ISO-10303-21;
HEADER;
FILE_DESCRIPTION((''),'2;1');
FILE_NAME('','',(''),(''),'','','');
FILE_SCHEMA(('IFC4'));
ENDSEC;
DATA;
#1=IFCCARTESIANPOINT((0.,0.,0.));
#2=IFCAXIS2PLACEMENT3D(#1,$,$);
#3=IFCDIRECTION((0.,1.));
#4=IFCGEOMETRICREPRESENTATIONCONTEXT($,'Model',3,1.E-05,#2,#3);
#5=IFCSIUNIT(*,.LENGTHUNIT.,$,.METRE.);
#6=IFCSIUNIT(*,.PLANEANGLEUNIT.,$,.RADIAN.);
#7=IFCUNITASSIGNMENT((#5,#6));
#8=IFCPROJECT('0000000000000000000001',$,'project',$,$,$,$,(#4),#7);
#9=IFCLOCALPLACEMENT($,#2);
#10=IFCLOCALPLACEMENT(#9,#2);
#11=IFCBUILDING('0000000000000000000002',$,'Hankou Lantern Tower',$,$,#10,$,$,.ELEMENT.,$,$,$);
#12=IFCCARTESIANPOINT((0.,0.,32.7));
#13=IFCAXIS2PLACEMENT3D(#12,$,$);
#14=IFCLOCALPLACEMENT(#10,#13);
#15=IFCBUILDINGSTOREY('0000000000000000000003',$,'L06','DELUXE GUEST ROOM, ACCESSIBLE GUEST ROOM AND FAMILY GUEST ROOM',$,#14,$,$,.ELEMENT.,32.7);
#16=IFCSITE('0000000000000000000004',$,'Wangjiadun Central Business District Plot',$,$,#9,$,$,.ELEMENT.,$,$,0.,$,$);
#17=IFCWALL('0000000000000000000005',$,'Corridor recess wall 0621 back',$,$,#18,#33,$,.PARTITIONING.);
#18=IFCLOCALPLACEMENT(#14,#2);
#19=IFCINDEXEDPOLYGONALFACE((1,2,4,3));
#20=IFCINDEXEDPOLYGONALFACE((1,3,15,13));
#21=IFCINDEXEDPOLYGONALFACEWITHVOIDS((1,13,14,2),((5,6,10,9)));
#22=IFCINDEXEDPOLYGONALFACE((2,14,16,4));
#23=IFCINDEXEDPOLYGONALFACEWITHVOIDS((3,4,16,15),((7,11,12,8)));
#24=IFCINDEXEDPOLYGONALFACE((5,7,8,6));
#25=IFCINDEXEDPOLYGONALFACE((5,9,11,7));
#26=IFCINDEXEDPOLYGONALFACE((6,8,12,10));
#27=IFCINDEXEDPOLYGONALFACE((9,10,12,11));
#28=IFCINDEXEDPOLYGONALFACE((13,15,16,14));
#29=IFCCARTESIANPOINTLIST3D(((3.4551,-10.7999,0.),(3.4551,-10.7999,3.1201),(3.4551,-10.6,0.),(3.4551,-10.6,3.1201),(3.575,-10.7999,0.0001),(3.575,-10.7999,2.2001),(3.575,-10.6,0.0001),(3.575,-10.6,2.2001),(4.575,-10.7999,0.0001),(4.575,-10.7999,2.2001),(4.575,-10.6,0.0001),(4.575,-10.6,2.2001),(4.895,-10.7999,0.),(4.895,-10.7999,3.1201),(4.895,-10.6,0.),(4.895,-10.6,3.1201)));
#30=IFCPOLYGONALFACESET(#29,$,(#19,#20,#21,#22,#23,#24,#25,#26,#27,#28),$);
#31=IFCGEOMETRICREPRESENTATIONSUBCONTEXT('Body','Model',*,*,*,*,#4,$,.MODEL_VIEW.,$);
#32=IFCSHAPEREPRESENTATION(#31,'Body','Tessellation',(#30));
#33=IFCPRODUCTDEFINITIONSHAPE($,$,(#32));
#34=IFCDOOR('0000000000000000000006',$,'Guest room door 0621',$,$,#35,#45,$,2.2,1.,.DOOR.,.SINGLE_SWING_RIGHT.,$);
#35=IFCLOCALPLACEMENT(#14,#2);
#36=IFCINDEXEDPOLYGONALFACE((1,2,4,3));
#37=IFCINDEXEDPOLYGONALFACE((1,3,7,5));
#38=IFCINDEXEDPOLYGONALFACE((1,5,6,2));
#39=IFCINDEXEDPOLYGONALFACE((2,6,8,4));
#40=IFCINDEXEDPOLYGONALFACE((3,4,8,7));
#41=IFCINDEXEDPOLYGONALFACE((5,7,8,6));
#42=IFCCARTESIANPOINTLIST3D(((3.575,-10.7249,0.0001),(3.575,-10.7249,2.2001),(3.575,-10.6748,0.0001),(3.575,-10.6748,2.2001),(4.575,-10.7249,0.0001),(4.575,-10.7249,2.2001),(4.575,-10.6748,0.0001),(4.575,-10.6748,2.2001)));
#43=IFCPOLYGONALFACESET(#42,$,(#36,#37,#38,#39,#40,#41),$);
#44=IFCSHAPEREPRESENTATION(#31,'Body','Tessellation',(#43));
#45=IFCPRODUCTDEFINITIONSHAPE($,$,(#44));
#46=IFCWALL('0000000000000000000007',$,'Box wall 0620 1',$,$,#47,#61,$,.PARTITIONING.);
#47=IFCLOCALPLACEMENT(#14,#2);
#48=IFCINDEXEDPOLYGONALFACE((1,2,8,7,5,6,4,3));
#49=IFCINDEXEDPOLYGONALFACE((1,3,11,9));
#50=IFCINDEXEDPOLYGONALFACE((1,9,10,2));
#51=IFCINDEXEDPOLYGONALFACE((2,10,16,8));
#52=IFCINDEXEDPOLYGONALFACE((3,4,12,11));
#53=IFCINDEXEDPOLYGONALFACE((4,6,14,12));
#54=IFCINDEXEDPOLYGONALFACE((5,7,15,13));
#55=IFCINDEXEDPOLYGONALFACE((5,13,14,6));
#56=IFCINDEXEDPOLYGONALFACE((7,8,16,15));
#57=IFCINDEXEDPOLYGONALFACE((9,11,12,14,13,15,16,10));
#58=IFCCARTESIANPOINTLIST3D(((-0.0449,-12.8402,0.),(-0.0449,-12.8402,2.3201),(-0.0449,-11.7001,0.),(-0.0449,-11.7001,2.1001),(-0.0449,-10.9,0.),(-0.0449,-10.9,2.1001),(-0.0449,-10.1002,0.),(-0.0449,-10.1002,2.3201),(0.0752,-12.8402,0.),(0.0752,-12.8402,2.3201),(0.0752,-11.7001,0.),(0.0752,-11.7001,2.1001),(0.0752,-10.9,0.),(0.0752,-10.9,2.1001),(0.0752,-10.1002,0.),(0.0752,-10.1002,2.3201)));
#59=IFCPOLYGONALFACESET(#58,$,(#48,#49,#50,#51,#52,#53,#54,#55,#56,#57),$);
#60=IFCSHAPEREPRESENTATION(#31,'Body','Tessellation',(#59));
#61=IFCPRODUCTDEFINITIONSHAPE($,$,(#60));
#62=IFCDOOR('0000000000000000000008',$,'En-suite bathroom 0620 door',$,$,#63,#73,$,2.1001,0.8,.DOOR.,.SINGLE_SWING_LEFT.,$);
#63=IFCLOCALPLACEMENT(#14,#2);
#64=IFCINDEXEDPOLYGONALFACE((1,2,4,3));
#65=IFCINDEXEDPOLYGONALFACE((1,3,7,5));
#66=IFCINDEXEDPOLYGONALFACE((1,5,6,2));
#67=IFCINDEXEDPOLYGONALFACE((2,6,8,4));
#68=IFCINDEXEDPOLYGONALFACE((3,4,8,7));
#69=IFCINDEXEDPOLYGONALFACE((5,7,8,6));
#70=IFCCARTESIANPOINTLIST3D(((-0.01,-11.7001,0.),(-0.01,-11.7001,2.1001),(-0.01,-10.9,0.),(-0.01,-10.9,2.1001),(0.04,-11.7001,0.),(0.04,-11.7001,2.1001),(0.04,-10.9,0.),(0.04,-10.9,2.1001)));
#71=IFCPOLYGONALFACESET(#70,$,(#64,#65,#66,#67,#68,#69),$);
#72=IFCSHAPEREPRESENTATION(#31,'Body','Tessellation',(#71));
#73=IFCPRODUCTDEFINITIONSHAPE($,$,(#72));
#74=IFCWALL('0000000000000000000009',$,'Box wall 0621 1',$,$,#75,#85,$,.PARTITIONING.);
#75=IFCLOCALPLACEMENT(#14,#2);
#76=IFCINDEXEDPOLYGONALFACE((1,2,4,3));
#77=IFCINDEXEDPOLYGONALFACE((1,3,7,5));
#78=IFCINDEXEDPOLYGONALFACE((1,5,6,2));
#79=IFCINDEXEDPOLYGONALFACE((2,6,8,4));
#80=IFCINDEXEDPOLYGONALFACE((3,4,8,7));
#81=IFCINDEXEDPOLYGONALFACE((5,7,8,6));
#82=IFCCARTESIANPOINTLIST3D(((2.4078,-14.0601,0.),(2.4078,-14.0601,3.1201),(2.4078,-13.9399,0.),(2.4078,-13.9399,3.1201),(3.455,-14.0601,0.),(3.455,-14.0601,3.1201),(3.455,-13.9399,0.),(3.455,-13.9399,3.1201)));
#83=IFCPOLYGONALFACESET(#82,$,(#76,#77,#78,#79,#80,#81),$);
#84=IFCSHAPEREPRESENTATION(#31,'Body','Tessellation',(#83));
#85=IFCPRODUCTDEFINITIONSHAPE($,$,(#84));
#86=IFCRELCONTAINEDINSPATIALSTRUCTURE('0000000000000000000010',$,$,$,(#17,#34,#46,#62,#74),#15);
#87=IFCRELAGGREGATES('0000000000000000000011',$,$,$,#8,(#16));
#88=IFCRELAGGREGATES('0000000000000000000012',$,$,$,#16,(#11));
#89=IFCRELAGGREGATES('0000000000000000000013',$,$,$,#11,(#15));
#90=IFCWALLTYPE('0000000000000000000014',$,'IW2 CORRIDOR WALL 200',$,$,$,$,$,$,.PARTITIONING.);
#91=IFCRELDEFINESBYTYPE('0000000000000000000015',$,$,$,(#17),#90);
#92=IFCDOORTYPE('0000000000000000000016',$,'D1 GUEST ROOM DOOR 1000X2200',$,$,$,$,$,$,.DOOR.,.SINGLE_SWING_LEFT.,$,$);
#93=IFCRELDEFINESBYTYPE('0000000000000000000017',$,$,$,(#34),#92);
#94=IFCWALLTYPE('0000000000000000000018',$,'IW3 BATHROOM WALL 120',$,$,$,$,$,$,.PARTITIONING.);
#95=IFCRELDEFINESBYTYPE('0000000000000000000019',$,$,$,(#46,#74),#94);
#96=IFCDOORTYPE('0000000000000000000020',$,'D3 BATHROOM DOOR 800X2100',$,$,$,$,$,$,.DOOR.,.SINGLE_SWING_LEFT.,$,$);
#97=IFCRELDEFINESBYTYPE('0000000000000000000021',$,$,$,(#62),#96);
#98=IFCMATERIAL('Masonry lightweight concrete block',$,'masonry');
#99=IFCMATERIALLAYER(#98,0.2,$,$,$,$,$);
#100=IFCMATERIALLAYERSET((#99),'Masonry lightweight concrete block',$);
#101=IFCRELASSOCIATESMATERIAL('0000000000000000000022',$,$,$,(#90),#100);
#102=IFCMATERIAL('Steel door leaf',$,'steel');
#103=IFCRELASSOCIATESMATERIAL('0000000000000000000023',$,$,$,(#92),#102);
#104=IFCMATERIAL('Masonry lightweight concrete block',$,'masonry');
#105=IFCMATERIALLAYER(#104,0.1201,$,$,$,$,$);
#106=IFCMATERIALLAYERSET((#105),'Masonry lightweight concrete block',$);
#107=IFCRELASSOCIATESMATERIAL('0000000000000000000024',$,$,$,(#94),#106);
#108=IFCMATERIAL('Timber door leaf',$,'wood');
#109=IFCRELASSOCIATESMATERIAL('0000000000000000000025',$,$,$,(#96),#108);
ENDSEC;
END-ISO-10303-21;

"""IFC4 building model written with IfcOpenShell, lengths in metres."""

from ifc_helpers import new_model, si_unit, direction, frame, frame_2d, origin, place, context, subcontext, project, spatial, rectangle, extrude, material, layer, layer_set, type_object, element, fill, save


model = new_model("IFC4")

# Units and contexts
model_context = context("Model", 3, precision=1e-05, world=origin(), true_north=direction((0.0, 1.0)))
body_context = subcontext(model_context, "Body", "Model", "MODEL_VIEW")
ifc_project = project(units=[si_unit("LENGTHUNIT", "METRE"), si_unit("PLANEANGLEUNIT", "RADIAN")], contexts=[model_context])

# Site, building, storey
site_placement = place(None, origin())
site = spatial("IfcSite", under=ifc_project, at=site_placement, Name="Wangjiadun Central Business District Plot", CompositionType="ELEMENT", RefElevation=0.0)
building_placement = place(site_placement, origin())
building = spatial("IfcBuilding", under=site, at=building_placement, Name="Hankou Lantern Tower", CompositionType="ELEMENT")
storey_placement = place(building_placement, frame((0.0, 0.0, 32.7)))
storey = spatial("IfcBuildingStorey", under=building, at=storey_placement, Name="L06", Description="DELUXE GUEST ROOM, ACCESSIBLE GUEST ROOM AND FAMILY GUEST ROOM", CompositionType="ELEMENT", Elevation=32.7)

# Walls, openings, doors
ifc_material_1 = material(Name="Masonry lightweight concrete block", Category="masonry")
ifc_layer_1 = layer(ifc_material_1, 0.2)
ifc_layer_set_1 = layer_set([ifc_layer_1], Name="Masonry lightweight concrete block")
wall_type_1 = type_object("IfcWallType", Name="IW2 CORRIDOR WALL 200", PredefinedType="PARTITIONING", material=ifc_layer_set_1)
ifc_material_2 = material(Name="Steel door leaf", Category="steel")
door_type_1 = type_object("IfcDoorType", Name="D1 GUEST ROOM DOOR 1000X2200", OperationType="SINGLE_SWING_LEFT", PredefinedType="DOOR", material=ifc_material_2)
wall_1_placement = place(storey_placement, frame((4.895, -10.7, 0.0), z_axis=(0.0, 0.0, 1.0), x_axis=(-1.0, 0.0, 0.0)))
wall_1 = element("IfcWall", 1, at=wall_1_placement, inside=storey, type_object=wall_type_1, Name="Corridor recess wall 0621 back", PredefinedType="PARTITIONING", context=body_context, shape_type="SweptSolid", body=[
    extrude(rectangle(XDim=1.4399, YDim=0.2, at=frame_2d((0.72, 0.0))), origin(), (0.0, 0.0, 1.0), 3.1201),
])
opening_1_placement = place(wall_1_placement, frame((0.3201, 0.0, 0.0)))
opening_1 = element("IfcOpeningElement", 2, at=opening_1_placement, cuts=wall_1, PredefinedType="OPENING", context=body_context, shape_type="SweptSolid", body=[
    extrude(rectangle(XDim=1.0, YDim=2.2, at=frame_2d((0.5, 1.1001))), frame((0.0, 0.1099, 0.0), z_axis=(0.0, -1.0, 0.0), x_axis=(1.0, 0.0, 0.0)), (0.0, 0.0, 1.0), 0.22),
])
door_1_placement = place(opening_1_placement, origin())
door_1 = element("IfcDoor", 3, at=door_1_placement, inside=storey, type_object=door_type_1, Name="Guest room door 0621", OperationType="SINGLE_SWING_RIGHT", OverallHeight=2.2, OverallWidth=1.0, PredefinedType="DOOR", context=body_context, shape_type="SweptSolid", body=[
    extrude(rectangle(XDim=1.0, YDim=2.2, at=frame_2d((0.5, 1.1001))), frame((0.0, 0.0249, 0.0), z_axis=(0.0, -1.0, 0.0), x_axis=(1.0, 0.0, 0.0)), (0.0, 0.0, 1.0), 0.05),
])
fill(opening_1, door_1)
ifc_material_3 = material(Name="Masonry lightweight concrete block", Category="masonry")
ifc_layer_2 = layer(ifc_material_3, 0.1201)
ifc_layer_set_2 = layer_set([ifc_layer_2], Name="Masonry lightweight concrete block")
wall_type_2 = type_object("IfcWallType", Name="IW3 BATHROOM WALL 120", PredefinedType="PARTITIONING", material=ifc_layer_set_2)
wall_2_placement = place(storey_placement, frame((0.0151, -10.1001, 0.0), z_axis=(0.0, 0.0, 1.0), x_axis=(0.0, -1.0, 0.0)))
wall_2 = element("IfcWall", 4, at=wall_2_placement, inside=storey, type_object=wall_type_2, Name="Box wall 0620 1", PredefinedType="PARTITIONING", context=body_context, shape_type="SweptSolid", body=[
    extrude(rectangle(XDim=2.74, YDim=0.1201, at=frame_2d((1.3701, 0.0))), origin(), (0.0, 0.0, 1.0), 2.3201),
])
opening_2_placement = place(wall_2_placement, frame((0.8, 0.0, 0.0)))
opening_2 = element("IfcOpeningElement", 5, at=opening_2_placement, cuts=wall_2, PredefinedType="OPENING", context=body_context, shape_type="SweptSolid", body=[
    extrude(rectangle(XDim=0.8, YDim=2.1001, at=frame_2d((0.3999, 1.05))), frame((0.0, 0.0701, 0.0), z_axis=(0.0, -1.0, 0.0), x_axis=(1.0, 0.0, 0.0)), (0.0, 0.0, 1.0), 0.1401),
])
ifc_material_4 = material(Name="Timber door leaf", Category="wood")
door_type_2 = type_object("IfcDoorType", Name="D3 BATHROOM DOOR 800X2100", OperationType="SINGLE_SWING_LEFT", PredefinedType="DOOR", material=ifc_material_4)
door_2_placement = place(opening_2_placement, origin())
door_2 = element("IfcDoor", 6, at=door_2_placement, inside=storey, type_object=door_type_2, Name="En-suite bathroom 0620 door", OperationType="SINGLE_SWING_LEFT", OverallHeight=2.1001, OverallWidth=0.8, PredefinedType="DOOR", context=body_context, shape_type="SweptSolid", body=[
    extrude(rectangle(XDim=0.8, YDim=2.1001, at=frame_2d((0.3999, 1.05))), frame((0.0, 0.0249, 0.0), z_axis=(0.0, -1.0, 0.0), x_axis=(1.0, 0.0, 0.0)), (0.0, 0.0, 1.0), 0.05),
])
fill(opening_2, door_2)

# Wall
wall_3_placement = place(storey_placement, frame((2.408, -14.0, 0.0), z_axis=(0.0, 0.0, 1.0), x_axis=(1.0, 0.0, 0.0)))
element("IfcWall", 7, at=wall_3_placement, inside=storey, type_object=wall_type_2, Name="Box wall 0621 1", PredefinedType="PARTITIONING", context=body_context, shape_type="SweptSolid", body=[
    extrude(rectangle(XDim=1.0471, YDim=0.1201, at=frame_2d((0.5234, 0.0))), origin(), (0.0, 0.0, 1.0), 3.1201),
])

save(model, "model.ifc")
